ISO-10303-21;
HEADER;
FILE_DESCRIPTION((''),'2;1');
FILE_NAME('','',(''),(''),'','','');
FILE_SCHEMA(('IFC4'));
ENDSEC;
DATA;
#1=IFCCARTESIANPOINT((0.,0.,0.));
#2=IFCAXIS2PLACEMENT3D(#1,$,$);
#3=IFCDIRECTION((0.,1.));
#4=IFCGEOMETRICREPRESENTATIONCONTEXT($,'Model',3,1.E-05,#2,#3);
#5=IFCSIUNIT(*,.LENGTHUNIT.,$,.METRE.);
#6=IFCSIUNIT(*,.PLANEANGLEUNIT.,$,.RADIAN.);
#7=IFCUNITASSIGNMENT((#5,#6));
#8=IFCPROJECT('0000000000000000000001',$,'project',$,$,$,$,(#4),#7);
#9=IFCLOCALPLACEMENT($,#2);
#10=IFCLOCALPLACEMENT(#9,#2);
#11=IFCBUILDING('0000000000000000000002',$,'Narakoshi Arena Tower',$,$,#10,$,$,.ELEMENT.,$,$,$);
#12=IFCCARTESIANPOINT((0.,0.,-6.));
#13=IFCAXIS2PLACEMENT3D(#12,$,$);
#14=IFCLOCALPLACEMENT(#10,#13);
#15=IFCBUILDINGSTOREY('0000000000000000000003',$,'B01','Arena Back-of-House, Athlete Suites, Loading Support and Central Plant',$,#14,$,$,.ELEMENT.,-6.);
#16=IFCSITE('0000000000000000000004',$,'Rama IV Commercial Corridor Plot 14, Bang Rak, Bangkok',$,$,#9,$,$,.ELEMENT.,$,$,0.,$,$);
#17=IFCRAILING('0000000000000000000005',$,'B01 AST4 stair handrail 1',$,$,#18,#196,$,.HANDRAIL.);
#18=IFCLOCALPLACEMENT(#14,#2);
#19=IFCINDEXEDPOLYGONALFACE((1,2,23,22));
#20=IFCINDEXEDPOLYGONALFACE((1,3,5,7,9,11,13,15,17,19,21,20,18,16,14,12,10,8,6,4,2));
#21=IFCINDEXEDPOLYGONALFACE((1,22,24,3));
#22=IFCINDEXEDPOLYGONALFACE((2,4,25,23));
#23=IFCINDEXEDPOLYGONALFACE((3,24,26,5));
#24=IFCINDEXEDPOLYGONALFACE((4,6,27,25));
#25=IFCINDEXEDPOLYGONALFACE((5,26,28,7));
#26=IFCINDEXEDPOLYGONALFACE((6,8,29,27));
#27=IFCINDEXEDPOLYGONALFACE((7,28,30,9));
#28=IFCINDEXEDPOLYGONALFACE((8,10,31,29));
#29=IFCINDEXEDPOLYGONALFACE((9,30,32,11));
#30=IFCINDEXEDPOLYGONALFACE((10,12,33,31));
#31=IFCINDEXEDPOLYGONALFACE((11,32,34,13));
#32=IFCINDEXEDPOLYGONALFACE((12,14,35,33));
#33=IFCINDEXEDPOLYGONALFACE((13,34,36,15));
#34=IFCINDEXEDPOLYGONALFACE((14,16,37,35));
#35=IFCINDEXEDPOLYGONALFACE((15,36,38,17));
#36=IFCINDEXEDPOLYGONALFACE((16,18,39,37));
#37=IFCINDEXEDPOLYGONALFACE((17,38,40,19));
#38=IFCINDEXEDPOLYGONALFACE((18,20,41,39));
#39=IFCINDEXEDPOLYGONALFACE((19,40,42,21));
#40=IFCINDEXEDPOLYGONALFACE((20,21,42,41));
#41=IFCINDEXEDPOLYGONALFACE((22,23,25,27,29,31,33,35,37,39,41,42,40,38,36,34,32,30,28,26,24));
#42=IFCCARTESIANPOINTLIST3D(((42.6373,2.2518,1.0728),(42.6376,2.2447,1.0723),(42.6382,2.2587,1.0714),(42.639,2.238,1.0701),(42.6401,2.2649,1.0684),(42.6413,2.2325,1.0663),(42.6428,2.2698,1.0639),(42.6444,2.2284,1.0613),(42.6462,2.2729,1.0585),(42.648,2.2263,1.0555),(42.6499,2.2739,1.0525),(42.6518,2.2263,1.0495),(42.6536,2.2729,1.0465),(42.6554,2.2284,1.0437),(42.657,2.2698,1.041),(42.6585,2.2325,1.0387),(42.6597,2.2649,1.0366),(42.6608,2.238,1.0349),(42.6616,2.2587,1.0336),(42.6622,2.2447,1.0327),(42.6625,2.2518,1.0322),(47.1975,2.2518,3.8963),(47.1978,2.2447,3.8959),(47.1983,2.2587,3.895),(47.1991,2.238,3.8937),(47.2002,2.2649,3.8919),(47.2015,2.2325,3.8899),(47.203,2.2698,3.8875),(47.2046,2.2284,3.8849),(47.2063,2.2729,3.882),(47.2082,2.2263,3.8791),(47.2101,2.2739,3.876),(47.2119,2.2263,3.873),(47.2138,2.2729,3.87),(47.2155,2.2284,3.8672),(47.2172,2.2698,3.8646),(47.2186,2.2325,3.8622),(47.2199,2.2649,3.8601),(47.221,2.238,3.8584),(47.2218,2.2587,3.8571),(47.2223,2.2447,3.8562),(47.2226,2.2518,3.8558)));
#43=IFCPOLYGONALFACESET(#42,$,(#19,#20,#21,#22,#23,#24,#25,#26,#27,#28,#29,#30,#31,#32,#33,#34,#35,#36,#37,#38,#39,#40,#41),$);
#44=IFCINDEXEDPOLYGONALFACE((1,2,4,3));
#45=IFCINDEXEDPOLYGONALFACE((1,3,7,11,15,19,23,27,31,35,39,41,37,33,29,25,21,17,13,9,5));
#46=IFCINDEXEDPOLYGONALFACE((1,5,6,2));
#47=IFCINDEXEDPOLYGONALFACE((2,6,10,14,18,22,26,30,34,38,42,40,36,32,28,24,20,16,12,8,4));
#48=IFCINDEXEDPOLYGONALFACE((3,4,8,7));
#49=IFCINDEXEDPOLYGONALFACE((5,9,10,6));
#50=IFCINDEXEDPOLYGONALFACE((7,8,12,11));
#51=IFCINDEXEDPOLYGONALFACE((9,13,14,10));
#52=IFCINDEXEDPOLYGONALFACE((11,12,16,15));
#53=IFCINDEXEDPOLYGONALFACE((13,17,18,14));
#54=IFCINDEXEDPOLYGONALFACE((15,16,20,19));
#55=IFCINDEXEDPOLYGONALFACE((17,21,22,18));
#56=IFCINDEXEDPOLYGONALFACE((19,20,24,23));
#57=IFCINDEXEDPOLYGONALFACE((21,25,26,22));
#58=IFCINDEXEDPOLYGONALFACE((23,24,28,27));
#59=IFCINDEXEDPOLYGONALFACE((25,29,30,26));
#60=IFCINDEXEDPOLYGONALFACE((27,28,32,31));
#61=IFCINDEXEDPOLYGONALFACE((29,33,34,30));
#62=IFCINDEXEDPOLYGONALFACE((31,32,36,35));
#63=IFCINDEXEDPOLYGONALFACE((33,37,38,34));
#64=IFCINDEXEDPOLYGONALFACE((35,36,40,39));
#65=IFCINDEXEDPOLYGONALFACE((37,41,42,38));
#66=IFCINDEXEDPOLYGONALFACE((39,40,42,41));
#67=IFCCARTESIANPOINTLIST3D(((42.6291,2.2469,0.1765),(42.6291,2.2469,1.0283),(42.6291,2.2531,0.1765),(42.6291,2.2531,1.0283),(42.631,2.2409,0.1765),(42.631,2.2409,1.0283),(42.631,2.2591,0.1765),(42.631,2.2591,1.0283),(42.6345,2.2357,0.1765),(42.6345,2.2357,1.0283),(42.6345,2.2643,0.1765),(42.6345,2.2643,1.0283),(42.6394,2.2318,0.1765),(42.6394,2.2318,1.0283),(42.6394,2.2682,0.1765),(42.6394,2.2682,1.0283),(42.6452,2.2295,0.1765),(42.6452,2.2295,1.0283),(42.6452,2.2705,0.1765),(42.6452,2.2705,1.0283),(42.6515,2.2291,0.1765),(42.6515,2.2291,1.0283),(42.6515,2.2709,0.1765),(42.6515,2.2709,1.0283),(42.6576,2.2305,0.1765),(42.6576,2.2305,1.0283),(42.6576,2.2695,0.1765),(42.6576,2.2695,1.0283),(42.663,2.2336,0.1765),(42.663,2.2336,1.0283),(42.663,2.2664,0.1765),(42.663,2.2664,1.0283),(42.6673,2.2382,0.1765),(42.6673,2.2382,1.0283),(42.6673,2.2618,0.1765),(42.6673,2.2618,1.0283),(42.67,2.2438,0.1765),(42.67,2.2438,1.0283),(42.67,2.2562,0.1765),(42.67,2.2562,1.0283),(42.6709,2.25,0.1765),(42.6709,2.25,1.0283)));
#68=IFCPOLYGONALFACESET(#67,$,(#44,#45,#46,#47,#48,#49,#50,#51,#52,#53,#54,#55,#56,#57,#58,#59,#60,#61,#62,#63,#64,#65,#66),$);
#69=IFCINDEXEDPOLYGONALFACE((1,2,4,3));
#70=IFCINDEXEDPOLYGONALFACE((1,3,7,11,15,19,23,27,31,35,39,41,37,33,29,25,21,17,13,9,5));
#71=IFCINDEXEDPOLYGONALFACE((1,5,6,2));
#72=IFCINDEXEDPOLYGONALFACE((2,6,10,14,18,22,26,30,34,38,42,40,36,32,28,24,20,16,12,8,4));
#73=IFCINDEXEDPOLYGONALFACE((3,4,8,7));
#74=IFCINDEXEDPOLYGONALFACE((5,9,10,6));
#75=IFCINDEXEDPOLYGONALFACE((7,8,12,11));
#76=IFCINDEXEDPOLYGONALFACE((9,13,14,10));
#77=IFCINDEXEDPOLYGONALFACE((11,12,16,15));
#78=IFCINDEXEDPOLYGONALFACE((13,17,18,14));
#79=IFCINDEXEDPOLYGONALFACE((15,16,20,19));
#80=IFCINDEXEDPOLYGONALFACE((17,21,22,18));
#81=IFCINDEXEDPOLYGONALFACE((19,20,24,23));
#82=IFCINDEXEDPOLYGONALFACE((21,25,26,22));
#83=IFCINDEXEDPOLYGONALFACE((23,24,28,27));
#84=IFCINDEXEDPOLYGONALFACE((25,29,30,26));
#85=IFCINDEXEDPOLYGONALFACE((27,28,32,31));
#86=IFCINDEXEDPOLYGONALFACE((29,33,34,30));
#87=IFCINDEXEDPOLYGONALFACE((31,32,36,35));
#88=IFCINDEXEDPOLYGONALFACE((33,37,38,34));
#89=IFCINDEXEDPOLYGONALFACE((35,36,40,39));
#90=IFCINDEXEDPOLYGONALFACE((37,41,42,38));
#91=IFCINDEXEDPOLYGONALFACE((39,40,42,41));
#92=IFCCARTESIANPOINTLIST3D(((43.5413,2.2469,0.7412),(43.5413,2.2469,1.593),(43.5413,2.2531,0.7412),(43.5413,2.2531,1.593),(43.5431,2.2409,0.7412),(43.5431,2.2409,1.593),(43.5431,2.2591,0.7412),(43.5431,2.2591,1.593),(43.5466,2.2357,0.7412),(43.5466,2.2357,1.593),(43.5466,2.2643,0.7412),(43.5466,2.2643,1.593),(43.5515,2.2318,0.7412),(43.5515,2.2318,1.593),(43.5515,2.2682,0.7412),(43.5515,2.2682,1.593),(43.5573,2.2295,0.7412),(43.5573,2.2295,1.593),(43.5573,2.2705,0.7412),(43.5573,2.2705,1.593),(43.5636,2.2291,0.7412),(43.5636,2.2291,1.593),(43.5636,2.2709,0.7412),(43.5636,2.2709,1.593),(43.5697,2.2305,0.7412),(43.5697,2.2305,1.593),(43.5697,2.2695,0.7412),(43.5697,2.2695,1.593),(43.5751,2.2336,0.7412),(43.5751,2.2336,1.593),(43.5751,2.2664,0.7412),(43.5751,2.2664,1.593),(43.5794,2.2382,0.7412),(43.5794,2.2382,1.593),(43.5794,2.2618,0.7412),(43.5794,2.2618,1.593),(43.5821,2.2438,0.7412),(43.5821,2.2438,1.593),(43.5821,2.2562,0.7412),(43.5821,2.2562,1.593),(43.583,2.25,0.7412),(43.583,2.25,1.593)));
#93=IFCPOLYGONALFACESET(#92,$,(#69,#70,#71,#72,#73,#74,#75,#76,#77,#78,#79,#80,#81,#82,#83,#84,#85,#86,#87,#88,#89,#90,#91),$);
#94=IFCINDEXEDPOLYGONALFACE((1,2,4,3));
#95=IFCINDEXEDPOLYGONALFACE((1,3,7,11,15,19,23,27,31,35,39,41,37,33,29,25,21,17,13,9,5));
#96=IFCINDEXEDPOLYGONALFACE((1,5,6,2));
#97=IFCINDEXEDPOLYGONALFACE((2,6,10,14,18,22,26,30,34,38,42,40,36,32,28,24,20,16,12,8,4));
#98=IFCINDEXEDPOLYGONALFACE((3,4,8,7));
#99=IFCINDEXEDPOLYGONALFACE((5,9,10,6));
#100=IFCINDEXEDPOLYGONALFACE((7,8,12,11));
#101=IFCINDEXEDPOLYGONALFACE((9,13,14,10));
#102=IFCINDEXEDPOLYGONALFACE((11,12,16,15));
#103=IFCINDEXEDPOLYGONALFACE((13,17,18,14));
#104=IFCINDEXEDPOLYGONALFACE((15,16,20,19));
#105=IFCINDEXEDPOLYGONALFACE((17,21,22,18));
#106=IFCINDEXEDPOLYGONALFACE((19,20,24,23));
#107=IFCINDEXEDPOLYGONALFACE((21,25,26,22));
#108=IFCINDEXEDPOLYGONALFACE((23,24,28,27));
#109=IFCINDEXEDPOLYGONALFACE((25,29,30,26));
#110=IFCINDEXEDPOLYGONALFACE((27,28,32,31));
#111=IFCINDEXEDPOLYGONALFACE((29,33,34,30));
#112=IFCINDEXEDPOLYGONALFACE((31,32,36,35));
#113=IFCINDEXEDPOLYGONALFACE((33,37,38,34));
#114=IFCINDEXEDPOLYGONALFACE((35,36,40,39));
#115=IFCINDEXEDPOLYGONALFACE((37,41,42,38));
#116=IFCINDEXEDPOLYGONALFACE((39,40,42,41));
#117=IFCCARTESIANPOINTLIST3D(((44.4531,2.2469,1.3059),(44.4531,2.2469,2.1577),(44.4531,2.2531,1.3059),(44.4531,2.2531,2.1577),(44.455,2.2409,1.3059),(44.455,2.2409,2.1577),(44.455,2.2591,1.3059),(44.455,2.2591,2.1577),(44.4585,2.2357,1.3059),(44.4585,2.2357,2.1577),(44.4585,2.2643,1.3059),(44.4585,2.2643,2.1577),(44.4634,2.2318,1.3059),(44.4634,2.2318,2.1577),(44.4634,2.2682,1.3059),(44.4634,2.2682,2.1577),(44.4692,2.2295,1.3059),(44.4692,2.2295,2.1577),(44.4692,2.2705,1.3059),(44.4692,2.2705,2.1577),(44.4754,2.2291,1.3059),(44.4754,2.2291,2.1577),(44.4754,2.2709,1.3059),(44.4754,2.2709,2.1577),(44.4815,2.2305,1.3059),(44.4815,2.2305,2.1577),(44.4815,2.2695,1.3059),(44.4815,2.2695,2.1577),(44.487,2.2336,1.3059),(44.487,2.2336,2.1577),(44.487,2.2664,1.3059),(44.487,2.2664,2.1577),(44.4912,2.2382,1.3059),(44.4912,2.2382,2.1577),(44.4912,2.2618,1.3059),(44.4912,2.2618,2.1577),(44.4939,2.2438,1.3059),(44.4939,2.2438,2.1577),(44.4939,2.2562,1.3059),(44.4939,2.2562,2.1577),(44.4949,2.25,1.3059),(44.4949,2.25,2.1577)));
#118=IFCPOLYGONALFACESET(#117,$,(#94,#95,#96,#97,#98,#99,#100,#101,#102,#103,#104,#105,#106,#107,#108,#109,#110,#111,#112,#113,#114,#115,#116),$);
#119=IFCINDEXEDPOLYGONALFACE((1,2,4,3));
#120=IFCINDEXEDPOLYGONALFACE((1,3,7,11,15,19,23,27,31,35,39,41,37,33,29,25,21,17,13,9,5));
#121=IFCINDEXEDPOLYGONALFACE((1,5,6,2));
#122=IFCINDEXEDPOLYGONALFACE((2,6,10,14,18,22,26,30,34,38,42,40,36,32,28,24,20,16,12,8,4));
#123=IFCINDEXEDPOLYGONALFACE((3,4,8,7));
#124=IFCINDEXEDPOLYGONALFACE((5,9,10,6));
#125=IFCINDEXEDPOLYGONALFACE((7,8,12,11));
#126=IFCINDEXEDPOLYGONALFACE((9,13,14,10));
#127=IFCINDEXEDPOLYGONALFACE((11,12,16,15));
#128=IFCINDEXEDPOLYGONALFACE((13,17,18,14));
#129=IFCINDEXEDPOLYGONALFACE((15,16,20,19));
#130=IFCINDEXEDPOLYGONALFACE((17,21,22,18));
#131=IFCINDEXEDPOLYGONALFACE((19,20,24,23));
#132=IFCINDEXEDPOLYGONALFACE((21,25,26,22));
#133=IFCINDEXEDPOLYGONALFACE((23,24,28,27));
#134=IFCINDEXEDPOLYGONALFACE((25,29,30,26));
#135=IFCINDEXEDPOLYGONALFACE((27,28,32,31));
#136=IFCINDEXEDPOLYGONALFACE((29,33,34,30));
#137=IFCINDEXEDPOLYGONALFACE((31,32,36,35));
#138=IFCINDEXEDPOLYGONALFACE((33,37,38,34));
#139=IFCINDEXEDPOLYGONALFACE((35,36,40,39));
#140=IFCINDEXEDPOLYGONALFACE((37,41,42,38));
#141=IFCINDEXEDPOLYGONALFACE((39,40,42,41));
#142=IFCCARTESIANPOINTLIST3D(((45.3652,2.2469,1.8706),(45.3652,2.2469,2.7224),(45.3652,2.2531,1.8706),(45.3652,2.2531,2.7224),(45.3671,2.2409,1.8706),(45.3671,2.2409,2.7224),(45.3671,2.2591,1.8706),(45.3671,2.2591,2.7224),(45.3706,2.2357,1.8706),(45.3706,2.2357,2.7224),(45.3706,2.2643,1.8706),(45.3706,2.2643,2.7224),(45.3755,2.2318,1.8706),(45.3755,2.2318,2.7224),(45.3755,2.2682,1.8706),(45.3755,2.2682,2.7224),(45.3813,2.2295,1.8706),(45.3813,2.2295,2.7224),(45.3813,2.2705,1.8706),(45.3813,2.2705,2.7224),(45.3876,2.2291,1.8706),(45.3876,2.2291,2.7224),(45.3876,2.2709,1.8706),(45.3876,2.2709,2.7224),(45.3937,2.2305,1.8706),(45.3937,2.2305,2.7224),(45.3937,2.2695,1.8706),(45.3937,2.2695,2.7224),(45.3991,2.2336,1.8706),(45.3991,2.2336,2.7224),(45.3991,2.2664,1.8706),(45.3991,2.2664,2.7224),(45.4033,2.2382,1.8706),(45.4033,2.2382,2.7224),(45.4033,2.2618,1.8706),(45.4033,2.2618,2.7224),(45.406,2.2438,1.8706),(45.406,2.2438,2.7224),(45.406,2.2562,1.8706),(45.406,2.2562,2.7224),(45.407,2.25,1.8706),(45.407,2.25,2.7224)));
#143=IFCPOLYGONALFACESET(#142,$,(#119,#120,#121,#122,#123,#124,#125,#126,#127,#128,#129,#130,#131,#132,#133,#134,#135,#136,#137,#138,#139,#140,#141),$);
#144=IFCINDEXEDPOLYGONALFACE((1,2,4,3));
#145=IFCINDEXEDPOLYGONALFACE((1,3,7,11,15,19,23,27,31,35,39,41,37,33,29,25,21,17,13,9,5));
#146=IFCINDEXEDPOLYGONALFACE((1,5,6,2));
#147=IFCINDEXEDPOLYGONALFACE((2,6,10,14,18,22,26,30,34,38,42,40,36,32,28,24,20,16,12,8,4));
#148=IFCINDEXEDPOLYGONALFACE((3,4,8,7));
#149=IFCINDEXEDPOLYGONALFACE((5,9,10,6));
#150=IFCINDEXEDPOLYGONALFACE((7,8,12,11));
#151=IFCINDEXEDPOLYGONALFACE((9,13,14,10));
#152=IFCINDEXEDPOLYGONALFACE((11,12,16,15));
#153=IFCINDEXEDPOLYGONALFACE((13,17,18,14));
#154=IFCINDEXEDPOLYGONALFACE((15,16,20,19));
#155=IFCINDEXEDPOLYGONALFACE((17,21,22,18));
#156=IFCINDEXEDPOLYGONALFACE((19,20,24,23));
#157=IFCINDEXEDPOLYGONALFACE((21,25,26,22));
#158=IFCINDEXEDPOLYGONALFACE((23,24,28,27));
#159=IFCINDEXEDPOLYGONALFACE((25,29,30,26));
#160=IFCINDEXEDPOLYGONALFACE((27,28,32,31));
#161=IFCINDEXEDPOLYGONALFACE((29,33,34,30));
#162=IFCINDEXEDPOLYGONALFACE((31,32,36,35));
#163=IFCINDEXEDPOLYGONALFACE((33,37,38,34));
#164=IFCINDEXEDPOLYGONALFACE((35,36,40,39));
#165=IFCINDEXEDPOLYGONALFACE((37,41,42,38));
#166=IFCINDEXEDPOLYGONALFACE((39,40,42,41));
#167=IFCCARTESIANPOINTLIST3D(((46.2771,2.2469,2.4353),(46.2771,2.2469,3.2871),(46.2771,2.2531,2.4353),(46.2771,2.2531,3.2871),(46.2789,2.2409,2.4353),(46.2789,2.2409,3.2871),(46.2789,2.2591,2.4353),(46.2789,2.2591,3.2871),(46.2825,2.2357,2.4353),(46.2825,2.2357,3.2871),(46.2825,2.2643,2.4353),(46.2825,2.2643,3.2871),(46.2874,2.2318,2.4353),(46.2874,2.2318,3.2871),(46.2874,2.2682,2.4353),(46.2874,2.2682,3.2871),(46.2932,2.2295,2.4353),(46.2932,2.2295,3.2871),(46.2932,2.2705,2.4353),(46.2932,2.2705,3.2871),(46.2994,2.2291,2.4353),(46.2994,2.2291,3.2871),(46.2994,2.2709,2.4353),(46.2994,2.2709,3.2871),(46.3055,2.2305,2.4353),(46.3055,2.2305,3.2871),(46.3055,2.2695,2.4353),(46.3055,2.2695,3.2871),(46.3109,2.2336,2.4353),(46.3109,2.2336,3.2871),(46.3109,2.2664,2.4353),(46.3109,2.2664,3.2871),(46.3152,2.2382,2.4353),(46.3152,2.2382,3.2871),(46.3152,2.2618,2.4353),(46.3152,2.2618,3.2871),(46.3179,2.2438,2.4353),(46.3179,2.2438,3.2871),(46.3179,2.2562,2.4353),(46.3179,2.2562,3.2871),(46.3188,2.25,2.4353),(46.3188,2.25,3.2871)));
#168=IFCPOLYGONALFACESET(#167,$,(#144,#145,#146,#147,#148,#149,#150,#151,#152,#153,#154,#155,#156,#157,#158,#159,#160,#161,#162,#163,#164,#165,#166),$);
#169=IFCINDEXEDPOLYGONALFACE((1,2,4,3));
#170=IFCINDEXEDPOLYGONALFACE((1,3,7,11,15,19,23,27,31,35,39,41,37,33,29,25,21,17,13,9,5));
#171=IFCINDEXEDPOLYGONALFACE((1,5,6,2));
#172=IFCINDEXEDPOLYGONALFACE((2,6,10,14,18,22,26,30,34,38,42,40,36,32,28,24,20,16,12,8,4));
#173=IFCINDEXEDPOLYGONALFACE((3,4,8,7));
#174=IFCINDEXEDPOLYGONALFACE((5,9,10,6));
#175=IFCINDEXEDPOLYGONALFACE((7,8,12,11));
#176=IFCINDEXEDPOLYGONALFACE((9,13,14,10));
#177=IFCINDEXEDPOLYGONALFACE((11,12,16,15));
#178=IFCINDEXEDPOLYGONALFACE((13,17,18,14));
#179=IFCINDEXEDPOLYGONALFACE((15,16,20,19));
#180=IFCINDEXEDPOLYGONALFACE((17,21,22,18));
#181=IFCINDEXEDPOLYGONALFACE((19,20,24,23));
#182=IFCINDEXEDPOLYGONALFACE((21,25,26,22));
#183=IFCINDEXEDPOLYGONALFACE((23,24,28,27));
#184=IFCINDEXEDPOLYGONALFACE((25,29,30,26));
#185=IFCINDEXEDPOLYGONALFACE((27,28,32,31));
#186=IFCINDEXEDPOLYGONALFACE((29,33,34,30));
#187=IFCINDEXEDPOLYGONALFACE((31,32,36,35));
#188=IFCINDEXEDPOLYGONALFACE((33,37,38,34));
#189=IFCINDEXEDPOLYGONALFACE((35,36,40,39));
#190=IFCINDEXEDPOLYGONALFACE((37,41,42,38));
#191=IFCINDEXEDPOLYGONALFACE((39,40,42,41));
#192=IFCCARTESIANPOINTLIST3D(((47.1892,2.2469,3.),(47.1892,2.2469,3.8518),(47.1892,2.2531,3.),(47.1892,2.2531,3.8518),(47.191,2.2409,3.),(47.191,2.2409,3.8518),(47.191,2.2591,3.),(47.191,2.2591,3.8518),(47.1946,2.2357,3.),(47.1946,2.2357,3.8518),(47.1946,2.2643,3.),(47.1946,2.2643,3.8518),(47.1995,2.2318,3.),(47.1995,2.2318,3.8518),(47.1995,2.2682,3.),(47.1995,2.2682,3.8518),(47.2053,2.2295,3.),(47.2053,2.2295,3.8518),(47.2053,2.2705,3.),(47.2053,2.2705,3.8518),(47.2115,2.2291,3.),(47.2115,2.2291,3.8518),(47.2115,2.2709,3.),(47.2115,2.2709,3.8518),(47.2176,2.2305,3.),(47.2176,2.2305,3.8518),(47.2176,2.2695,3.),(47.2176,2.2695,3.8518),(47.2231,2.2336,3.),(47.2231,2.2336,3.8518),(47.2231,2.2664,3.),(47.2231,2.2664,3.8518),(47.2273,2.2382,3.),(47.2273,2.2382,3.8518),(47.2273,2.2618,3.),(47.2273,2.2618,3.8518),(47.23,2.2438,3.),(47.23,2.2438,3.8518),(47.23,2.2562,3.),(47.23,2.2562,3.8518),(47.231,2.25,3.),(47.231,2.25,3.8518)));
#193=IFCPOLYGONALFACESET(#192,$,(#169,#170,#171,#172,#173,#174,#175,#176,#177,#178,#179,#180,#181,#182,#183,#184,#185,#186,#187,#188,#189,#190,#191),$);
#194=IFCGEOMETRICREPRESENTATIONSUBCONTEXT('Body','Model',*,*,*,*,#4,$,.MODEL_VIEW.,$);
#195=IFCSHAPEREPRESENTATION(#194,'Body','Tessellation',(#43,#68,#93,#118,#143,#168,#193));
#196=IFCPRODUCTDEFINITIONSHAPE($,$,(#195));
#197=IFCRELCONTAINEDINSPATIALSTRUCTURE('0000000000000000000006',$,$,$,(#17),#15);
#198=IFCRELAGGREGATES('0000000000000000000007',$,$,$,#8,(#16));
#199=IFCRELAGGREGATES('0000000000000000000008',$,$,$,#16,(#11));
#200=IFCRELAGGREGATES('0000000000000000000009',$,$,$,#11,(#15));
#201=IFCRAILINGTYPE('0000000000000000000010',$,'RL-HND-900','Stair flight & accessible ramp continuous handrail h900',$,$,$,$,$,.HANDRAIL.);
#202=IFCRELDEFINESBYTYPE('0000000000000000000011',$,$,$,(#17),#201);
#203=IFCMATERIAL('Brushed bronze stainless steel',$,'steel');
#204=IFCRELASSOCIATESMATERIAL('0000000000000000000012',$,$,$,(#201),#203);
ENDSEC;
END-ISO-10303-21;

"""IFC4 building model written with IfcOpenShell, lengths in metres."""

from ifc_helpers import new_model, si_unit, direction, frame, origin, origin_2d, place, context, subcontext, project, spatial, circle, extrude, material, type_object, element, save


model = new_model("IFC4")

# Units and contexts
model_context = context("Model", 3, precision=1e-05, world=origin(), true_north=direction((0.0, 1.0)))
body_context = subcontext(model_context, "Body", "Model", "MODEL_VIEW")
ifc_project = project(units=[si_unit("LENGTHUNIT", "METRE"), si_unit("PLANEANGLEUNIT", "RADIAN")], contexts=[model_context])

# Site, building, storey
site_placement = place(None, origin())
site = spatial("IfcSite", under=ifc_project, at=site_placement, Name="Rama IV Commercial Corridor Plot 14, Bang Rak, Bangkok", CompositionType="ELEMENT", RefElevation=0.0)
building_placement = place(site_placement, origin())
building = spatial("IfcBuilding", under=site, at=building_placement, Name="Narakoshi Arena Tower", CompositionType="ELEMENT")
storey_placement = place(building_placement, frame((0.0, 0.0, -6.0)))
storey = spatial("IfcBuildingStorey", under=building, at=storey_placement, Name="B01", Description="Arena Back-of-House, Athlete Suites, Loading Support and Central Plant", CompositionType="ELEMENT", Elevation=-6.0)

# Railing
ifc_material_1 = material(Name="Brushed bronze stainless steel", Category="steel")
railing_type_1 = type_object("IfcRailingType", Name="RL-HND-900", Description="Stair flight & accessible ramp continuous handrail h900", PredefinedType="HANDRAIL", material=ifc_material_1)
railing_1_placement = place(storey_placement, frame((42.6499, 2.25, 0.1765)))
element("IfcRailing", 1, at=railing_1_placement, inside=storey, type_object=railing_type_1, Name="B01 AST4 stair handrail 1", PredefinedType="HANDRAIL", context=body_context, shape_type="SweptSolid", body=[
    extrude(circle(Radius=0.0239, at=origin_2d()), frame((0.0, 0.0, 0.876), z_axis=(0.850216, 0.0, 0.526435), x_axis=(0.0, 1.0, 0.0)), (0.0, 0.0, 1.0), 5.3635),
    extrude(circle(Radius=0.021, at=origin_2d()), origin(), (0.0, 0.0, 1.0), 0.8518),
    extrude(circle(Radius=0.021, at=origin_2d()), frame((0.9121, 0.0, 0.5647)), (0.0, 0.0, 1.0), 0.8518),
    extrude(circle(Radius=0.021, at=origin_2d()), frame((1.824, 0.0, 1.1294)), (0.0, 0.0, 1.0), 0.8518),
    extrude(circle(Radius=0.021, at=origin_2d()), frame((2.7361, 0.0, 1.6941)), (0.0, 0.0, 1.0), 0.8518),
    extrude(circle(Radius=0.021, at=origin_2d()), frame((3.6479, 0.0, 2.2588)), (0.0, 0.0, 1.0), 0.8518),
    extrude(circle(Radius=0.021, at=origin_2d()), frame((4.5601, 0.0, 2.8235)), (0.0, 0.0, 1.0), 0.8518),
])

save(model, "model.ifc")
